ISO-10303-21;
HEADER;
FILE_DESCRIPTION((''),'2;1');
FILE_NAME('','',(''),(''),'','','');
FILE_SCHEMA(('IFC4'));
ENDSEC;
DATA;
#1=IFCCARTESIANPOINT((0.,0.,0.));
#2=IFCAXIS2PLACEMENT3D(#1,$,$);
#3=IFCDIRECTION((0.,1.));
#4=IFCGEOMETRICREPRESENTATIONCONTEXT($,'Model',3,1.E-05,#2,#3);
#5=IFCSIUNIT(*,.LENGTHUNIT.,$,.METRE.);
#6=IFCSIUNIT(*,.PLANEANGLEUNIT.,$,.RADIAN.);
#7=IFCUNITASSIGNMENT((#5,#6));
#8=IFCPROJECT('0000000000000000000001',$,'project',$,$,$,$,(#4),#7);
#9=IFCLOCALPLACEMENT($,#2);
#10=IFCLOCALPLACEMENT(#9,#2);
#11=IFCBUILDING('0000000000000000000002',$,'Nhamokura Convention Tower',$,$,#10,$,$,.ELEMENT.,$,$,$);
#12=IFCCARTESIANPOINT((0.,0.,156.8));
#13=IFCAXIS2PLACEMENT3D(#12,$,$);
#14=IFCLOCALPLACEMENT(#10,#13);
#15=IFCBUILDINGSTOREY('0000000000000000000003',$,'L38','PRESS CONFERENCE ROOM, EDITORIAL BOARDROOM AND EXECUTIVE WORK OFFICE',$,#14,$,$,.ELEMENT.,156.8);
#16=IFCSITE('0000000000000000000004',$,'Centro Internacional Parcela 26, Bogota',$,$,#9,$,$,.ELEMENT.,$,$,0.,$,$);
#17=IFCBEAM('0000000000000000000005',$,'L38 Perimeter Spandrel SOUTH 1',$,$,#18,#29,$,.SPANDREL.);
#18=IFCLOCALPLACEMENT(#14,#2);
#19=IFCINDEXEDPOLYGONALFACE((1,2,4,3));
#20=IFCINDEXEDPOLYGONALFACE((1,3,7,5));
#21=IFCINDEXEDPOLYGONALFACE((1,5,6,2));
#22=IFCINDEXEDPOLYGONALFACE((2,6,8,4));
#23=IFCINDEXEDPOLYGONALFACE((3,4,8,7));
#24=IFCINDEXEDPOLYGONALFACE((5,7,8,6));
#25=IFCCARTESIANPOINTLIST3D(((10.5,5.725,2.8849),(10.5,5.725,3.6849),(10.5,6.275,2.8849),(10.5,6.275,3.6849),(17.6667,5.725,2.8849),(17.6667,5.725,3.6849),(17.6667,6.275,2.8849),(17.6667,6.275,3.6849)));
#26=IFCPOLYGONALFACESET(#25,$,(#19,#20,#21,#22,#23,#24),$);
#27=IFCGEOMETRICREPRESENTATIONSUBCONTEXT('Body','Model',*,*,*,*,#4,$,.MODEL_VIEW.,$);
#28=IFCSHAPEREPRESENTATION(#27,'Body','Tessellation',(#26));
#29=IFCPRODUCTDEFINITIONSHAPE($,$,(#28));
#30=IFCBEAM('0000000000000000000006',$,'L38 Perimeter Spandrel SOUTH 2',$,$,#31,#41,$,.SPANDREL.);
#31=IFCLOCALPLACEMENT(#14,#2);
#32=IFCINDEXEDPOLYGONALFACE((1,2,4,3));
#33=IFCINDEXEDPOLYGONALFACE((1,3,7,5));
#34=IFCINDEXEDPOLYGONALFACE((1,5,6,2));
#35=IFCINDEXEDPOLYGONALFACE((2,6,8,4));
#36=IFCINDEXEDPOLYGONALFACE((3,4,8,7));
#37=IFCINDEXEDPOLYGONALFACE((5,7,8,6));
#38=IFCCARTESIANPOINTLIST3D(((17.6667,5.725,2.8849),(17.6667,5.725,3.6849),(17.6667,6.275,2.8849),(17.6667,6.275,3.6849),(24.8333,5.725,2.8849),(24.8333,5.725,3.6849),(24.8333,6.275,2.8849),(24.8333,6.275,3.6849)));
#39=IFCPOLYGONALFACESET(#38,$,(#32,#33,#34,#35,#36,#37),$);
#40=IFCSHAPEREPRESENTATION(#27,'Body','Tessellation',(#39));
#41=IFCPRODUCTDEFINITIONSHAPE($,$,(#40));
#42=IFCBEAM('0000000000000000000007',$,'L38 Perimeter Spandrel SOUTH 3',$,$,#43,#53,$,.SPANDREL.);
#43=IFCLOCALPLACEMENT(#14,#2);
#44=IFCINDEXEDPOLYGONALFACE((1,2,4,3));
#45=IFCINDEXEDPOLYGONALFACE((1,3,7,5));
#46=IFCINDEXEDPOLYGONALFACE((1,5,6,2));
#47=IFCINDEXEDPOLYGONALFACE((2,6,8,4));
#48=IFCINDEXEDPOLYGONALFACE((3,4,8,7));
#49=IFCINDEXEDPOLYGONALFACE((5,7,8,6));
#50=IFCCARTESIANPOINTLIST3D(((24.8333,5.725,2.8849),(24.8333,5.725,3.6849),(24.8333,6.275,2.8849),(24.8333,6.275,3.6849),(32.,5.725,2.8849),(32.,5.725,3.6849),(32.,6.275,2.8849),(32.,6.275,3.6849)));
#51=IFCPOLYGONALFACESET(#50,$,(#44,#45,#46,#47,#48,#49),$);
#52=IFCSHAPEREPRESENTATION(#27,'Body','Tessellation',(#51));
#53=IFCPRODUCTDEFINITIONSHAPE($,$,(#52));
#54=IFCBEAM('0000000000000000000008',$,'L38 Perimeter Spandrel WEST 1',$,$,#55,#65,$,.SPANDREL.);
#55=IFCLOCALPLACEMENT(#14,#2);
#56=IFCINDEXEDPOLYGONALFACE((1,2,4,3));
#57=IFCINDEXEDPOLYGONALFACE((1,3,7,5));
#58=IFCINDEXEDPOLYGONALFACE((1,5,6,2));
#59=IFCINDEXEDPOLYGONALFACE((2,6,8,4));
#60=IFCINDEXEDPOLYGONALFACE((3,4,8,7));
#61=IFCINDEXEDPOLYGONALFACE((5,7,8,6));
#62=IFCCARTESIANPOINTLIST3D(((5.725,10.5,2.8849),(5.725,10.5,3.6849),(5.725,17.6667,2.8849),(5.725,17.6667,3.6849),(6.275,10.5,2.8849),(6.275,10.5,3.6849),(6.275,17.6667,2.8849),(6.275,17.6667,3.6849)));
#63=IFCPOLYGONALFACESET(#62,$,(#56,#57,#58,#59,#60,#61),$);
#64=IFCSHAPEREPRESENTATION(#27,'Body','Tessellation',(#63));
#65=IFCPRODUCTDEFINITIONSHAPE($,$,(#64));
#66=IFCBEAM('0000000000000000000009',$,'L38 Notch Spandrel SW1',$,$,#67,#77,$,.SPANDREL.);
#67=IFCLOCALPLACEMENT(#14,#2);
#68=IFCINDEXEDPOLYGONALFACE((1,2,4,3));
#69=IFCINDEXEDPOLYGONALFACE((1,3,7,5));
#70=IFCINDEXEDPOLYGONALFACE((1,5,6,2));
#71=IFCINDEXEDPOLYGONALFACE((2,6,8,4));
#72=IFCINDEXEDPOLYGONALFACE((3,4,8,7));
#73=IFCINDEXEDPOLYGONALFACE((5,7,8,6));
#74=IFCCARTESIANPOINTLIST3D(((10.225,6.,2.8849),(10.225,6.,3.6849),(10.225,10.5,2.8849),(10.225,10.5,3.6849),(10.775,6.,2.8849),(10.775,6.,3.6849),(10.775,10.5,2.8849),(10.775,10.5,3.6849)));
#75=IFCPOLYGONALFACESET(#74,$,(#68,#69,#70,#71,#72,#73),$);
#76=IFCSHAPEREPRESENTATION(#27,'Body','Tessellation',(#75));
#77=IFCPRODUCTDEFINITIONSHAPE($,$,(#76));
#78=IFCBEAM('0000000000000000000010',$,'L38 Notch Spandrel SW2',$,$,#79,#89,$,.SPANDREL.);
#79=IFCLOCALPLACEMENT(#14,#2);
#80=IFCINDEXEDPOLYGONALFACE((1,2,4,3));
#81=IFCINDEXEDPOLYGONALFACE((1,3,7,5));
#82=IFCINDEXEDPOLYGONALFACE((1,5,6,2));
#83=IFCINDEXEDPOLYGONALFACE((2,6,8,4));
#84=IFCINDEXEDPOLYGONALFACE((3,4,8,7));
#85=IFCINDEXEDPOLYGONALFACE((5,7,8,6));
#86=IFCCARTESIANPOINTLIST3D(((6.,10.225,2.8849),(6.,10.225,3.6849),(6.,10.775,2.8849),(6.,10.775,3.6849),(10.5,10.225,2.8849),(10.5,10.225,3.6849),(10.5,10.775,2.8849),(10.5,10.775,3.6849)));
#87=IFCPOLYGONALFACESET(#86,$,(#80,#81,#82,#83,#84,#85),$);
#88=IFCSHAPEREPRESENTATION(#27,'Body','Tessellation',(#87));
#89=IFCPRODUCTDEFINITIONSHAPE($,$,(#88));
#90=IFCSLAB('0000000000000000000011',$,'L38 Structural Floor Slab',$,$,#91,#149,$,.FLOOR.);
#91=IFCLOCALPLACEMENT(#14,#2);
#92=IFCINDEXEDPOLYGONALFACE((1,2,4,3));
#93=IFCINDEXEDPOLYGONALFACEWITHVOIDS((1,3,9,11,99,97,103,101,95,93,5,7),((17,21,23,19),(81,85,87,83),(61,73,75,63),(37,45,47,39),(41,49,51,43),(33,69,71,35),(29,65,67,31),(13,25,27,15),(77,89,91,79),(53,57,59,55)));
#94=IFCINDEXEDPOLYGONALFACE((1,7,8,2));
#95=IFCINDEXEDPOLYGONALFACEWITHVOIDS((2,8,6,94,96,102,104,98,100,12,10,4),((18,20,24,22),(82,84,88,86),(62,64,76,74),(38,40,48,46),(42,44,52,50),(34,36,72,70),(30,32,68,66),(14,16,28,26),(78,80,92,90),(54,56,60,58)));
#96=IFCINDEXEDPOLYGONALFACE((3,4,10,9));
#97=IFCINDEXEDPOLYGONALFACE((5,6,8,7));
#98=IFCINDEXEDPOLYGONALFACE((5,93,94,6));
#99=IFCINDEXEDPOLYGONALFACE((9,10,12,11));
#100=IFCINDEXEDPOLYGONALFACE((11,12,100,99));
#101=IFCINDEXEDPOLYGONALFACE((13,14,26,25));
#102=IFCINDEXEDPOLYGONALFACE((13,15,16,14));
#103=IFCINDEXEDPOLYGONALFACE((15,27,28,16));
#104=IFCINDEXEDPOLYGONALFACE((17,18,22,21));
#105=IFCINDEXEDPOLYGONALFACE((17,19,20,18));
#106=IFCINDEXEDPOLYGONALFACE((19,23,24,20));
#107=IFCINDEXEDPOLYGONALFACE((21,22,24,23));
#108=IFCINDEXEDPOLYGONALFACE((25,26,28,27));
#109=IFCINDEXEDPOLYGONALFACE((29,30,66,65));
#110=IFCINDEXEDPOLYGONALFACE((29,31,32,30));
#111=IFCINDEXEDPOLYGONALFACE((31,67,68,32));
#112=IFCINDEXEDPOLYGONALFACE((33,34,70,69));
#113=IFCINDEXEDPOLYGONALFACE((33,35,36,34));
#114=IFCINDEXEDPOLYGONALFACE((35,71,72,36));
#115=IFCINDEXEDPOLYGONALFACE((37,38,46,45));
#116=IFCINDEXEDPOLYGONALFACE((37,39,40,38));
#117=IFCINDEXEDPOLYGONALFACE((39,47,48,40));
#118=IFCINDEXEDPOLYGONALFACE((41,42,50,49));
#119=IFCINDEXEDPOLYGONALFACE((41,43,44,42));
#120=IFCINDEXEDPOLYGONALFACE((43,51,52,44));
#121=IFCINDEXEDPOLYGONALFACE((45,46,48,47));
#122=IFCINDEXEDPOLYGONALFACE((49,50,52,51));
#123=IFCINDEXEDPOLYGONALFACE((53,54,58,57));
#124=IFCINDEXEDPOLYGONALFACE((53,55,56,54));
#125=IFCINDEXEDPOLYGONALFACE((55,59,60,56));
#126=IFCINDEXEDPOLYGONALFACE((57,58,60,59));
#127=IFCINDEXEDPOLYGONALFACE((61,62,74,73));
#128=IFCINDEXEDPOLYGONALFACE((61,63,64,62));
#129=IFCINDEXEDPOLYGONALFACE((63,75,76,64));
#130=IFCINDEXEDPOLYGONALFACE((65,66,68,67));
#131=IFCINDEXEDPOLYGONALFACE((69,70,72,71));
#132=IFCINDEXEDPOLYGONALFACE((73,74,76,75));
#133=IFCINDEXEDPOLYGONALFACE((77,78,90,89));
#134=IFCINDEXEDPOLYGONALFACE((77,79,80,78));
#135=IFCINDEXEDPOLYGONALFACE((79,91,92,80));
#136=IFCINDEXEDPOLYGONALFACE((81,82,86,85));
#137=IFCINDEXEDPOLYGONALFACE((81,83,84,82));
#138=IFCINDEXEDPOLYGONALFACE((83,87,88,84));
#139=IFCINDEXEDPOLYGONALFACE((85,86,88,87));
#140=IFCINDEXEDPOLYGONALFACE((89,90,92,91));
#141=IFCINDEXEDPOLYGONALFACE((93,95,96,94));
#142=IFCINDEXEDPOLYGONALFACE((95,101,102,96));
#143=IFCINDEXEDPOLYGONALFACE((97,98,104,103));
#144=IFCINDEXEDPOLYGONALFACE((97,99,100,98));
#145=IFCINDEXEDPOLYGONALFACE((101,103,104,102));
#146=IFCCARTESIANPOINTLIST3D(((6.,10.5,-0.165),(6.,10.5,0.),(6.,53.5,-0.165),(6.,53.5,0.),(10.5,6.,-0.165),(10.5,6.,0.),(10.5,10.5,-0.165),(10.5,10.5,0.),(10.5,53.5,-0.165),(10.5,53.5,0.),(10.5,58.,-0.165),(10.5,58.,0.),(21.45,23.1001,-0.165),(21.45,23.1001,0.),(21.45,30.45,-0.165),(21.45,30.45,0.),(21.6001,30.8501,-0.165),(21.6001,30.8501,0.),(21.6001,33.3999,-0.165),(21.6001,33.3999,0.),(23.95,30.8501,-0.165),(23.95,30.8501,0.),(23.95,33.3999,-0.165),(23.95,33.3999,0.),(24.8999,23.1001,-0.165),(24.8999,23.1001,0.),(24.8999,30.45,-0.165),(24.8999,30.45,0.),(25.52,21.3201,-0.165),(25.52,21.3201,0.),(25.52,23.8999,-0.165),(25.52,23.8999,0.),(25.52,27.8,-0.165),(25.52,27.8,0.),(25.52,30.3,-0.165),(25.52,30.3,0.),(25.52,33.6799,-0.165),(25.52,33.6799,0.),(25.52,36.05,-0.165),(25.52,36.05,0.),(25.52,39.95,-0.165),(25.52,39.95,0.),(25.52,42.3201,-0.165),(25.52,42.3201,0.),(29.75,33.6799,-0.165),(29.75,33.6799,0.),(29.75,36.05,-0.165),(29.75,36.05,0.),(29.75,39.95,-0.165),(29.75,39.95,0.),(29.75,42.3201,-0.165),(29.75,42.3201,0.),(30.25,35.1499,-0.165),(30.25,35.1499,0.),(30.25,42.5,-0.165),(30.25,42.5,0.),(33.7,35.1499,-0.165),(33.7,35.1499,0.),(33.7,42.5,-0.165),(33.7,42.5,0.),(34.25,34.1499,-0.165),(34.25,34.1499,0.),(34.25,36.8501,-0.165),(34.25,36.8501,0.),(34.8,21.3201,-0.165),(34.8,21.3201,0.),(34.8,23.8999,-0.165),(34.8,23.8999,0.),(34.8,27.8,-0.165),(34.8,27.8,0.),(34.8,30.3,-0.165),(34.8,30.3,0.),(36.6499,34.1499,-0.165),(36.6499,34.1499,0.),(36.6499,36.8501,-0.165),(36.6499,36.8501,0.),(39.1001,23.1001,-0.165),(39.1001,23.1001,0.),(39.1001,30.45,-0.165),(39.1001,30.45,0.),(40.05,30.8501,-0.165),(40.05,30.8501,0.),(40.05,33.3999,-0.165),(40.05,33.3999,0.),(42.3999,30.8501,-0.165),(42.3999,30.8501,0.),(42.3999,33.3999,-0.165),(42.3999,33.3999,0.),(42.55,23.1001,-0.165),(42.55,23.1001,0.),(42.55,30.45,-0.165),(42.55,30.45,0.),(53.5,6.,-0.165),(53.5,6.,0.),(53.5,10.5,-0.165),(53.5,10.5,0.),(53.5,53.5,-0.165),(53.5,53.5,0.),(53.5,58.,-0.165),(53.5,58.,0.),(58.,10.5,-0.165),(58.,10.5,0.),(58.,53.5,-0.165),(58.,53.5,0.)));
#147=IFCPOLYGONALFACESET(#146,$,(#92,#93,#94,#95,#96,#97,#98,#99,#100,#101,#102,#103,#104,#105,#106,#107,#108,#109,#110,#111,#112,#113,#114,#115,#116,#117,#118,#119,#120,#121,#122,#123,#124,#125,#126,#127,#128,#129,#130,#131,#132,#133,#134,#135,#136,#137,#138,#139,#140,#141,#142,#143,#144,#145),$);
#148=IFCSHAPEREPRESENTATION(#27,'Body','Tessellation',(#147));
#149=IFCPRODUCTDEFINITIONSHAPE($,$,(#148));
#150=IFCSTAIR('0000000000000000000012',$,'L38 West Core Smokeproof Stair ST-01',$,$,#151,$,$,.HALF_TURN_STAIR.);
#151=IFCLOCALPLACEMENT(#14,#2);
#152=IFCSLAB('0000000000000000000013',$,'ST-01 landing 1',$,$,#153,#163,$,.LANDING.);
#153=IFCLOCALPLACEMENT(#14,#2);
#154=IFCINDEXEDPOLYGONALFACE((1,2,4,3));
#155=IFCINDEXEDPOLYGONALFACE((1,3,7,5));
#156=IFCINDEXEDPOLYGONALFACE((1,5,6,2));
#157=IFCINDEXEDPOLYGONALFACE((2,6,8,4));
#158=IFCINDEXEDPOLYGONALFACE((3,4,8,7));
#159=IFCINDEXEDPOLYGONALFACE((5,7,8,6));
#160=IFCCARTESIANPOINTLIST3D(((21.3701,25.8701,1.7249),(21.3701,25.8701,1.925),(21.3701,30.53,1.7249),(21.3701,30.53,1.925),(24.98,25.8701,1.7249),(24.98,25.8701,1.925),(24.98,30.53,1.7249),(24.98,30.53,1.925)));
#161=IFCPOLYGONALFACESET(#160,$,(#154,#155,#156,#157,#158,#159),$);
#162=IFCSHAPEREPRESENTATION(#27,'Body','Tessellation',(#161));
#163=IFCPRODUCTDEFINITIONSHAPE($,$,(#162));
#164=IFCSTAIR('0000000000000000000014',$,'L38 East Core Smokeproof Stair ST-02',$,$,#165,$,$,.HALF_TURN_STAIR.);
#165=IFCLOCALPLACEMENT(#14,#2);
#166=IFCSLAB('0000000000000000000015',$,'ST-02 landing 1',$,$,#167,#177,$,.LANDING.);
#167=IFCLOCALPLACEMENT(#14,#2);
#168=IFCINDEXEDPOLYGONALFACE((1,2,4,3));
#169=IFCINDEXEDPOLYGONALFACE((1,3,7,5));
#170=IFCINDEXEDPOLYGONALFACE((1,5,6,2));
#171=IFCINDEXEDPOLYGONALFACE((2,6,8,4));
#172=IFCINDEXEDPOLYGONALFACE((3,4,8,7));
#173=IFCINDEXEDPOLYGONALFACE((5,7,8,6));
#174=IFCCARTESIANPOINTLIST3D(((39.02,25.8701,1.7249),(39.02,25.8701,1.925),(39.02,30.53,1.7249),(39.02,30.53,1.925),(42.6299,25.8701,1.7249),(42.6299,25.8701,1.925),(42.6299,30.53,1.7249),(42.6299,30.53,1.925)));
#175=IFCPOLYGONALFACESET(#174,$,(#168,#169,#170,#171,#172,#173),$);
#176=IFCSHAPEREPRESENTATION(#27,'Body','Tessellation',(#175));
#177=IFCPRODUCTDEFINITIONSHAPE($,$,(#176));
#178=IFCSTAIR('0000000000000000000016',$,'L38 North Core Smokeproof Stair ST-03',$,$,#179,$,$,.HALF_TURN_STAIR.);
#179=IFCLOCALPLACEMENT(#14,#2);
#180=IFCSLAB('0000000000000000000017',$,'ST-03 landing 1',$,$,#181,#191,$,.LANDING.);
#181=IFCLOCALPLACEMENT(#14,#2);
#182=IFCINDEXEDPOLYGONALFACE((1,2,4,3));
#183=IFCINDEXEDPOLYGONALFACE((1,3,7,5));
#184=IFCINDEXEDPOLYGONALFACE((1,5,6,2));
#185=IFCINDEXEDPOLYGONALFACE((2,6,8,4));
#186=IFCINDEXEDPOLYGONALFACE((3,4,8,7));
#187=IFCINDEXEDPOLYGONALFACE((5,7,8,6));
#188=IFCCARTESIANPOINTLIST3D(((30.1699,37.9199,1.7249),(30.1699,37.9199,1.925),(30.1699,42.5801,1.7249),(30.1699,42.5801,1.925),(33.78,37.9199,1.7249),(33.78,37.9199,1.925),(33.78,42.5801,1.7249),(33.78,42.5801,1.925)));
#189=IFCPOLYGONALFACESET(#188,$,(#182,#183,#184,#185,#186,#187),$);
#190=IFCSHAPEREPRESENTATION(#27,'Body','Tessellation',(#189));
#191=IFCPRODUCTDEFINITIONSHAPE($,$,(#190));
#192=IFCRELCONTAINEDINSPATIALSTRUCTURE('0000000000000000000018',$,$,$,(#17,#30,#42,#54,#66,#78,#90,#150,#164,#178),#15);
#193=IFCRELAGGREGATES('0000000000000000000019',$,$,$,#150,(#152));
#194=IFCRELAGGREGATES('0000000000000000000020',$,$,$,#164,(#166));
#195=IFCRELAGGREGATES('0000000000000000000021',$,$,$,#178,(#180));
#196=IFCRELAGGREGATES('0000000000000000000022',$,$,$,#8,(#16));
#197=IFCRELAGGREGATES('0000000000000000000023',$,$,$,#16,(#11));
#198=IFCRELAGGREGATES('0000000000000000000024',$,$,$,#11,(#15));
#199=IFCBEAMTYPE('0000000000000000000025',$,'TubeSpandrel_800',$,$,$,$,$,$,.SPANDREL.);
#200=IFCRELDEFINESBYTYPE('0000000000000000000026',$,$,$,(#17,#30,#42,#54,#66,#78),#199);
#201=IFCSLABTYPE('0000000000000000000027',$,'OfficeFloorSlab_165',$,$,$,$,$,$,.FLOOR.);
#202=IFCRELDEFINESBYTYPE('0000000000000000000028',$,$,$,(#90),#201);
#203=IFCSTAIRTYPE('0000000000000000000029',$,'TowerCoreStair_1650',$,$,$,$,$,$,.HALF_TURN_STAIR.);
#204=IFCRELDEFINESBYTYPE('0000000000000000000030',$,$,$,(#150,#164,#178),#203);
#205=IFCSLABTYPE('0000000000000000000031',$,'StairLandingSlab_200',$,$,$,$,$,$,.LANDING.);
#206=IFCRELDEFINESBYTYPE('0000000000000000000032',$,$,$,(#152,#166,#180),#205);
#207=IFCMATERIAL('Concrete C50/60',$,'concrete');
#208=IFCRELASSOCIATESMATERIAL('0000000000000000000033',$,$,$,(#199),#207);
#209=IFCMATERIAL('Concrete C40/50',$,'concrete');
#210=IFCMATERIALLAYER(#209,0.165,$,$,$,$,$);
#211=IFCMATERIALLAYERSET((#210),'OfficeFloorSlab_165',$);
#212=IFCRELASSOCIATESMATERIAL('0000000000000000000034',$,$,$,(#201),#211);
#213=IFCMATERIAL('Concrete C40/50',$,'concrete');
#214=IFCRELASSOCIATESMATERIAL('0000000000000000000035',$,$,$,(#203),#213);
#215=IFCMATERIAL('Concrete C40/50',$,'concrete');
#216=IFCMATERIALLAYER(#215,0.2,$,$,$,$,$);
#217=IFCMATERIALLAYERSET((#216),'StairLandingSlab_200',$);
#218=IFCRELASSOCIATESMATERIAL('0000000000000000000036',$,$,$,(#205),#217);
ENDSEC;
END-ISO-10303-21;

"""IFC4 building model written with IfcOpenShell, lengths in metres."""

from ifc_helpers import new_model, si_unit, direction, frame, origin, origin_2d, place, context, subcontext, project, spatial, polyline, rectangle, outline, extrude, material, layer, layer_set, material_profile, profile_set, type_object, element, aggregate, save


model = new_model("IFC4")

# Units and contexts
model_context = context("Model", 3, precision=1e-05, world=origin(), true_north=direction((0.0, 1.0)))
body_context = subcontext(model_context, "Body", "Model", "MODEL_VIEW")
ifc_project = project(units=[si_unit("LENGTHUNIT", "METRE"), si_unit("PLANEANGLEUNIT", "RADIAN")], contexts=[model_context])

# Site, building, storey
site_placement = place(None, origin())
site = spatial("IfcSite", under=ifc_project, at=site_placement, Name="Centro Internacional Parcela 26, Bogota", CompositionType="ELEMENT", RefElevation=0.0)
building_placement = place(site_placement, origin())
building = spatial("IfcBuilding", under=site, at=building_placement, Name="Nhamokura Convention Tower", CompositionType="ELEMENT")
storey_placement = place(building_placement, frame((0.0, 0.0, 156.8)))
storey = spatial("IfcBuildingStorey", under=building, at=storey_placement, Name="L38", Description="PRESS CONFERENCE ROOM, EDITORIAL BOARDROOM AND EXECUTIVE WORK OFFICE", CompositionType="ELEMENT", Elevation=156.8)

# Beams
ifc_material_1 = material(Name="Concrete C50/60", Category="concrete")
ifc_material_profile_1 = material_profile(ifc_material_1, rectangle(XDim=0.55, YDim=0.8, at=origin_2d()))
ifc_profile_set_1 = profile_set([ifc_material_profile_1], Name="Concrete C50/60")
beam_type_1 = type_object("IfcBeamType", Name="TubeSpandrel_800", PredefinedType="SPANDREL", material=ifc_profile_set_1)
beam_1_placement = place(storey_placement, frame((10.5, 6.0, 3.2849), z_axis=(1.0, 0.0, 0.0), x_axis=(0.0, 1.0, 0.0)))
element("IfcBeam", 1, at=beam_1_placement, inside=storey, type_object=beam_type_1, Name="L38 Perimeter Spandrel SOUTH 1", PredefinedType="SPANDREL", context=body_context, shape_type="SweptSolid", body=[
    extrude(rectangle(XDim=0.55, YDim=0.8, at=origin_2d()), origin(), (0.0, 0.0, 1.0), 7.1667),
])
beam_2_placement = place(storey_placement, frame((17.6667, 6.0, 3.2849), z_axis=(1.0, 0.0, 0.0), x_axis=(0.0, 1.0, 0.0)))
element("IfcBeam", 2, at=beam_2_placement, inside=storey, type_object=beam_type_1, Name="L38 Perimeter Spandrel SOUTH 2", PredefinedType="SPANDREL", context=body_context, shape_type="SweptSolid", body=[
    extrude(rectangle(XDim=0.55, YDim=0.8, at=origin_2d()), origin(), (0.0, 0.0, 1.0), 7.1665),
])
for number, where, z_axis, x_axis, name in (
    (3, (24.8333, 6.0, 3.2849), (1.0, 0.0, 0.0), (0.0, 1.0, 0.0), "L38 Perimeter Spandrel SOUTH 3"),
    (4, (6.0, 10.5, 3.2849), (0.0, 1.0, 0.0), (-1.0, 0.0, 0.0), "L38 Perimeter Spandrel WEST 1"),
):
    element("IfcBeam", number, at=place(storey_placement, frame(where, z_axis=z_axis, x_axis=x_axis)), inside=storey, type_object=beam_type_1, Name=name, PredefinedType="SPANDREL", context=body_context, shape_type="SweptSolid", body=[
        extrude(rectangle(XDim=0.55, YDim=0.8, at=origin_2d()), origin(), (0.0, 0.0, 1.0), 7.1667),
    ])
for number, where, z_axis, x_axis, name in (
    (5, (10.5, 6.0, 3.2849), (0.0, 1.0, 0.0), (-1.0, 0.0, 0.0), "L38 Notch Spandrel SW1"),
    (6, (10.5, 10.5, 3.2849), (-1.0, 0.0, 0.0), (0.0, -1.0, 0.0), "L38 Notch Spandrel SW2"),
):
    element("IfcBeam", number, at=place(storey_placement, frame(where, z_axis=z_axis, x_axis=x_axis)), inside=storey, type_object=beam_type_1, Name=name, PredefinedType="SPANDREL", context=body_context, shape_type="SweptSolid", body=[
        extrude(rectangle(XDim=0.55, YDim=0.8, at=origin_2d()), origin(), (0.0, 0.0, 1.0), 4.5),
    ])

# Slab
ifc_material_2 = material(Name="Concrete C40/50", Category="concrete")
ifc_layer_1 = layer(ifc_material_2, 0.165)
ifc_layer_set_1 = layer_set([ifc_layer_1], Name="OfficeFloorSlab_165")
slab_type_1 = type_object("IfcSlabType", Name="OfficeFloorSlab_165", PredefinedType="FLOOR", material=ifc_layer_set_1)
slab_1_placement = place(storey_placement, frame((0.0, 0.0, -0.165)))
element("IfcSlab", 7, at=slab_1_placement, inside=storey, type_object=slab_type_1, Name="L38 Structural Floor Slab", PredefinedType="FLOOR", context=body_context, shape_type="SweptSolid", body=[
    extrude(outline(polyline([(10.5, 6.0), (53.5, 6.0), (53.5, 10.5), (58.0, 10.5), (58.0, 53.5), (53.5, 53.5), (53.5, 58.0), (10.5, 58.0), (10.5, 53.5), (6.0, 53.5), (6.0, 10.5), (10.5, 10.5), (10.5, 6.0)]), holes=[polyline([(24.8999, 23.1001), (24.8999, 30.45), (21.45, 30.45), (21.45, 23.1001), (24.8999, 23.1001)]), polyline([(42.55, 23.1001), (42.55, 30.45), (39.1001, 30.45), (39.1001, 23.1001), (42.55, 23.1001)]), polyline([(33.7, 35.1499), (33.7, 42.5), (30.25, 42.5), (30.25, 35.1499), (33.7, 35.1499)]), polyline([(21.6001, 30.8501), (23.95, 30.8501), (23.95, 33.3999), (21.6001, 33.3999), (21.6001, 30.8501)]), polyline([(40.05, 30.8501), (42.3999, 30.8501), (42.3999, 33.3999), (40.05, 33.3999), (40.05, 30.8501)]), polyline([(34.25, 34.1499), (36.6499, 34.1499), (36.6499, 36.8501), (34.25, 36.8501), (34.25, 34.1499)]), polyline([(25.52, 21.3201), (34.8, 21.3201), (34.8, 23.8999), (25.52, 23.8999), (25.52, 21.3201)]), polyline([(25.52, 27.8), (34.8, 27.8), (34.8, 30.3), (25.52, 30.3), (25.52, 27.8)]), polyline([(25.52, 33.6799), (29.75, 33.6799), (29.75, 36.05), (25.52, 36.05), (25.52, 33.6799)]), polyline([(25.52, 39.95), (29.75, 39.95), (29.75, 42.3201), (25.52, 42.3201), (25.52, 39.95)])]), origin(), (0.0, 0.0, 1.0), 0.165),
])

# Stairs, slabs
ifc_material_3 = material(Name="Concrete C40/50", Category="concrete")
stair_type = type_object("IfcStairType", Name="TowerCoreStair_1650", PredefinedType="HALF_TURN_STAIR", material=ifc_material_3)
stair_1_placement = place(storey_placement, origin())
stair_1 = element("IfcStair", 8, at=stair_1_placement, inside=storey, type_object=stair_type, Name="L38 West Core Smokeproof Stair ST-01", PredefinedType="HALF_TURN_STAIR")
ifc_material_4 = material(Name="Concrete C40/50", Category="concrete")
ifc_layer_2 = layer(ifc_material_4, 0.2)
ifc_layer_set_2 = layer_set([ifc_layer_2], Name="StairLandingSlab_200")
slab_type_2 = type_object("IfcSlabType", Name="StairLandingSlab_200", PredefinedType="LANDING", material=ifc_layer_set_2)
slab_2_placement = place(storey_placement, frame((0.0, 0.0, 1.7249)))
slab_2 = element("IfcSlab", 9, at=slab_2_placement, type_object=slab_type_2, Name="ST-01 landing 1", PredefinedType="LANDING", context=body_context, shape_type="SweptSolid", body=[
    extrude(outline(polyline([(24.98, 25.8701), (24.98, 30.53), (21.3701, 30.53), (21.3701, 25.8701), (24.98, 25.8701)])), origin(), (0.0, 0.0, 1.0), 0.2002),
])
aggregate(stair_1, [slab_2])
stair_2_placement = place(storey_placement, origin())
stair_2 = element("IfcStair", 10, at=stair_2_placement, inside=storey, type_object=stair_type, Name="L38 East Core Smokeproof Stair ST-02", PredefinedType="HALF_TURN_STAIR")
slab_3_placement = place(storey_placement, frame((0.0, 0.0, 1.7249)))
slab_3 = element("IfcSlab", 11, at=slab_3_placement, type_object=slab_type_2, Name="ST-02 landing 1", PredefinedType="LANDING", context=body_context, shape_type="SweptSolid", body=[
    extrude(outline(polyline([(42.6299, 25.8701), (42.6299, 30.53), (39.02, 30.53), (39.02, 25.8701), (42.6299, 25.8701)])), origin(), (0.0, 0.0, 1.0), 0.2002),
])
aggregate(stair_2, [slab_3])
stair_3_placement = place(storey_placement, origin())
stair_3 = element("IfcStair", 12, at=stair_3_placement, inside=storey, type_object=stair_type, Name="L38 North Core Smokeproof Stair ST-03", PredefinedType="HALF_TURN_STAIR")
slab_4_placement = place(storey_placement, frame((0.0, 0.0, 1.7249)))
slab_4 = element("IfcSlab", 13, at=slab_4_placement, type_object=slab_type_2, Name="ST-03 landing 1", PredefinedType="LANDING", context=body_context, shape_type="SweptSolid", body=[
    extrude(outline(polyline([(33.78, 37.9199), (33.78, 42.5801), (30.1699, 42.5801), (30.1699, 37.9199), (33.78, 37.9199)])), origin(), (0.0, 0.0, 1.0), 0.2002),
])
aggregate(stair_3, [slab_4])

save(model, "model.ifc")
